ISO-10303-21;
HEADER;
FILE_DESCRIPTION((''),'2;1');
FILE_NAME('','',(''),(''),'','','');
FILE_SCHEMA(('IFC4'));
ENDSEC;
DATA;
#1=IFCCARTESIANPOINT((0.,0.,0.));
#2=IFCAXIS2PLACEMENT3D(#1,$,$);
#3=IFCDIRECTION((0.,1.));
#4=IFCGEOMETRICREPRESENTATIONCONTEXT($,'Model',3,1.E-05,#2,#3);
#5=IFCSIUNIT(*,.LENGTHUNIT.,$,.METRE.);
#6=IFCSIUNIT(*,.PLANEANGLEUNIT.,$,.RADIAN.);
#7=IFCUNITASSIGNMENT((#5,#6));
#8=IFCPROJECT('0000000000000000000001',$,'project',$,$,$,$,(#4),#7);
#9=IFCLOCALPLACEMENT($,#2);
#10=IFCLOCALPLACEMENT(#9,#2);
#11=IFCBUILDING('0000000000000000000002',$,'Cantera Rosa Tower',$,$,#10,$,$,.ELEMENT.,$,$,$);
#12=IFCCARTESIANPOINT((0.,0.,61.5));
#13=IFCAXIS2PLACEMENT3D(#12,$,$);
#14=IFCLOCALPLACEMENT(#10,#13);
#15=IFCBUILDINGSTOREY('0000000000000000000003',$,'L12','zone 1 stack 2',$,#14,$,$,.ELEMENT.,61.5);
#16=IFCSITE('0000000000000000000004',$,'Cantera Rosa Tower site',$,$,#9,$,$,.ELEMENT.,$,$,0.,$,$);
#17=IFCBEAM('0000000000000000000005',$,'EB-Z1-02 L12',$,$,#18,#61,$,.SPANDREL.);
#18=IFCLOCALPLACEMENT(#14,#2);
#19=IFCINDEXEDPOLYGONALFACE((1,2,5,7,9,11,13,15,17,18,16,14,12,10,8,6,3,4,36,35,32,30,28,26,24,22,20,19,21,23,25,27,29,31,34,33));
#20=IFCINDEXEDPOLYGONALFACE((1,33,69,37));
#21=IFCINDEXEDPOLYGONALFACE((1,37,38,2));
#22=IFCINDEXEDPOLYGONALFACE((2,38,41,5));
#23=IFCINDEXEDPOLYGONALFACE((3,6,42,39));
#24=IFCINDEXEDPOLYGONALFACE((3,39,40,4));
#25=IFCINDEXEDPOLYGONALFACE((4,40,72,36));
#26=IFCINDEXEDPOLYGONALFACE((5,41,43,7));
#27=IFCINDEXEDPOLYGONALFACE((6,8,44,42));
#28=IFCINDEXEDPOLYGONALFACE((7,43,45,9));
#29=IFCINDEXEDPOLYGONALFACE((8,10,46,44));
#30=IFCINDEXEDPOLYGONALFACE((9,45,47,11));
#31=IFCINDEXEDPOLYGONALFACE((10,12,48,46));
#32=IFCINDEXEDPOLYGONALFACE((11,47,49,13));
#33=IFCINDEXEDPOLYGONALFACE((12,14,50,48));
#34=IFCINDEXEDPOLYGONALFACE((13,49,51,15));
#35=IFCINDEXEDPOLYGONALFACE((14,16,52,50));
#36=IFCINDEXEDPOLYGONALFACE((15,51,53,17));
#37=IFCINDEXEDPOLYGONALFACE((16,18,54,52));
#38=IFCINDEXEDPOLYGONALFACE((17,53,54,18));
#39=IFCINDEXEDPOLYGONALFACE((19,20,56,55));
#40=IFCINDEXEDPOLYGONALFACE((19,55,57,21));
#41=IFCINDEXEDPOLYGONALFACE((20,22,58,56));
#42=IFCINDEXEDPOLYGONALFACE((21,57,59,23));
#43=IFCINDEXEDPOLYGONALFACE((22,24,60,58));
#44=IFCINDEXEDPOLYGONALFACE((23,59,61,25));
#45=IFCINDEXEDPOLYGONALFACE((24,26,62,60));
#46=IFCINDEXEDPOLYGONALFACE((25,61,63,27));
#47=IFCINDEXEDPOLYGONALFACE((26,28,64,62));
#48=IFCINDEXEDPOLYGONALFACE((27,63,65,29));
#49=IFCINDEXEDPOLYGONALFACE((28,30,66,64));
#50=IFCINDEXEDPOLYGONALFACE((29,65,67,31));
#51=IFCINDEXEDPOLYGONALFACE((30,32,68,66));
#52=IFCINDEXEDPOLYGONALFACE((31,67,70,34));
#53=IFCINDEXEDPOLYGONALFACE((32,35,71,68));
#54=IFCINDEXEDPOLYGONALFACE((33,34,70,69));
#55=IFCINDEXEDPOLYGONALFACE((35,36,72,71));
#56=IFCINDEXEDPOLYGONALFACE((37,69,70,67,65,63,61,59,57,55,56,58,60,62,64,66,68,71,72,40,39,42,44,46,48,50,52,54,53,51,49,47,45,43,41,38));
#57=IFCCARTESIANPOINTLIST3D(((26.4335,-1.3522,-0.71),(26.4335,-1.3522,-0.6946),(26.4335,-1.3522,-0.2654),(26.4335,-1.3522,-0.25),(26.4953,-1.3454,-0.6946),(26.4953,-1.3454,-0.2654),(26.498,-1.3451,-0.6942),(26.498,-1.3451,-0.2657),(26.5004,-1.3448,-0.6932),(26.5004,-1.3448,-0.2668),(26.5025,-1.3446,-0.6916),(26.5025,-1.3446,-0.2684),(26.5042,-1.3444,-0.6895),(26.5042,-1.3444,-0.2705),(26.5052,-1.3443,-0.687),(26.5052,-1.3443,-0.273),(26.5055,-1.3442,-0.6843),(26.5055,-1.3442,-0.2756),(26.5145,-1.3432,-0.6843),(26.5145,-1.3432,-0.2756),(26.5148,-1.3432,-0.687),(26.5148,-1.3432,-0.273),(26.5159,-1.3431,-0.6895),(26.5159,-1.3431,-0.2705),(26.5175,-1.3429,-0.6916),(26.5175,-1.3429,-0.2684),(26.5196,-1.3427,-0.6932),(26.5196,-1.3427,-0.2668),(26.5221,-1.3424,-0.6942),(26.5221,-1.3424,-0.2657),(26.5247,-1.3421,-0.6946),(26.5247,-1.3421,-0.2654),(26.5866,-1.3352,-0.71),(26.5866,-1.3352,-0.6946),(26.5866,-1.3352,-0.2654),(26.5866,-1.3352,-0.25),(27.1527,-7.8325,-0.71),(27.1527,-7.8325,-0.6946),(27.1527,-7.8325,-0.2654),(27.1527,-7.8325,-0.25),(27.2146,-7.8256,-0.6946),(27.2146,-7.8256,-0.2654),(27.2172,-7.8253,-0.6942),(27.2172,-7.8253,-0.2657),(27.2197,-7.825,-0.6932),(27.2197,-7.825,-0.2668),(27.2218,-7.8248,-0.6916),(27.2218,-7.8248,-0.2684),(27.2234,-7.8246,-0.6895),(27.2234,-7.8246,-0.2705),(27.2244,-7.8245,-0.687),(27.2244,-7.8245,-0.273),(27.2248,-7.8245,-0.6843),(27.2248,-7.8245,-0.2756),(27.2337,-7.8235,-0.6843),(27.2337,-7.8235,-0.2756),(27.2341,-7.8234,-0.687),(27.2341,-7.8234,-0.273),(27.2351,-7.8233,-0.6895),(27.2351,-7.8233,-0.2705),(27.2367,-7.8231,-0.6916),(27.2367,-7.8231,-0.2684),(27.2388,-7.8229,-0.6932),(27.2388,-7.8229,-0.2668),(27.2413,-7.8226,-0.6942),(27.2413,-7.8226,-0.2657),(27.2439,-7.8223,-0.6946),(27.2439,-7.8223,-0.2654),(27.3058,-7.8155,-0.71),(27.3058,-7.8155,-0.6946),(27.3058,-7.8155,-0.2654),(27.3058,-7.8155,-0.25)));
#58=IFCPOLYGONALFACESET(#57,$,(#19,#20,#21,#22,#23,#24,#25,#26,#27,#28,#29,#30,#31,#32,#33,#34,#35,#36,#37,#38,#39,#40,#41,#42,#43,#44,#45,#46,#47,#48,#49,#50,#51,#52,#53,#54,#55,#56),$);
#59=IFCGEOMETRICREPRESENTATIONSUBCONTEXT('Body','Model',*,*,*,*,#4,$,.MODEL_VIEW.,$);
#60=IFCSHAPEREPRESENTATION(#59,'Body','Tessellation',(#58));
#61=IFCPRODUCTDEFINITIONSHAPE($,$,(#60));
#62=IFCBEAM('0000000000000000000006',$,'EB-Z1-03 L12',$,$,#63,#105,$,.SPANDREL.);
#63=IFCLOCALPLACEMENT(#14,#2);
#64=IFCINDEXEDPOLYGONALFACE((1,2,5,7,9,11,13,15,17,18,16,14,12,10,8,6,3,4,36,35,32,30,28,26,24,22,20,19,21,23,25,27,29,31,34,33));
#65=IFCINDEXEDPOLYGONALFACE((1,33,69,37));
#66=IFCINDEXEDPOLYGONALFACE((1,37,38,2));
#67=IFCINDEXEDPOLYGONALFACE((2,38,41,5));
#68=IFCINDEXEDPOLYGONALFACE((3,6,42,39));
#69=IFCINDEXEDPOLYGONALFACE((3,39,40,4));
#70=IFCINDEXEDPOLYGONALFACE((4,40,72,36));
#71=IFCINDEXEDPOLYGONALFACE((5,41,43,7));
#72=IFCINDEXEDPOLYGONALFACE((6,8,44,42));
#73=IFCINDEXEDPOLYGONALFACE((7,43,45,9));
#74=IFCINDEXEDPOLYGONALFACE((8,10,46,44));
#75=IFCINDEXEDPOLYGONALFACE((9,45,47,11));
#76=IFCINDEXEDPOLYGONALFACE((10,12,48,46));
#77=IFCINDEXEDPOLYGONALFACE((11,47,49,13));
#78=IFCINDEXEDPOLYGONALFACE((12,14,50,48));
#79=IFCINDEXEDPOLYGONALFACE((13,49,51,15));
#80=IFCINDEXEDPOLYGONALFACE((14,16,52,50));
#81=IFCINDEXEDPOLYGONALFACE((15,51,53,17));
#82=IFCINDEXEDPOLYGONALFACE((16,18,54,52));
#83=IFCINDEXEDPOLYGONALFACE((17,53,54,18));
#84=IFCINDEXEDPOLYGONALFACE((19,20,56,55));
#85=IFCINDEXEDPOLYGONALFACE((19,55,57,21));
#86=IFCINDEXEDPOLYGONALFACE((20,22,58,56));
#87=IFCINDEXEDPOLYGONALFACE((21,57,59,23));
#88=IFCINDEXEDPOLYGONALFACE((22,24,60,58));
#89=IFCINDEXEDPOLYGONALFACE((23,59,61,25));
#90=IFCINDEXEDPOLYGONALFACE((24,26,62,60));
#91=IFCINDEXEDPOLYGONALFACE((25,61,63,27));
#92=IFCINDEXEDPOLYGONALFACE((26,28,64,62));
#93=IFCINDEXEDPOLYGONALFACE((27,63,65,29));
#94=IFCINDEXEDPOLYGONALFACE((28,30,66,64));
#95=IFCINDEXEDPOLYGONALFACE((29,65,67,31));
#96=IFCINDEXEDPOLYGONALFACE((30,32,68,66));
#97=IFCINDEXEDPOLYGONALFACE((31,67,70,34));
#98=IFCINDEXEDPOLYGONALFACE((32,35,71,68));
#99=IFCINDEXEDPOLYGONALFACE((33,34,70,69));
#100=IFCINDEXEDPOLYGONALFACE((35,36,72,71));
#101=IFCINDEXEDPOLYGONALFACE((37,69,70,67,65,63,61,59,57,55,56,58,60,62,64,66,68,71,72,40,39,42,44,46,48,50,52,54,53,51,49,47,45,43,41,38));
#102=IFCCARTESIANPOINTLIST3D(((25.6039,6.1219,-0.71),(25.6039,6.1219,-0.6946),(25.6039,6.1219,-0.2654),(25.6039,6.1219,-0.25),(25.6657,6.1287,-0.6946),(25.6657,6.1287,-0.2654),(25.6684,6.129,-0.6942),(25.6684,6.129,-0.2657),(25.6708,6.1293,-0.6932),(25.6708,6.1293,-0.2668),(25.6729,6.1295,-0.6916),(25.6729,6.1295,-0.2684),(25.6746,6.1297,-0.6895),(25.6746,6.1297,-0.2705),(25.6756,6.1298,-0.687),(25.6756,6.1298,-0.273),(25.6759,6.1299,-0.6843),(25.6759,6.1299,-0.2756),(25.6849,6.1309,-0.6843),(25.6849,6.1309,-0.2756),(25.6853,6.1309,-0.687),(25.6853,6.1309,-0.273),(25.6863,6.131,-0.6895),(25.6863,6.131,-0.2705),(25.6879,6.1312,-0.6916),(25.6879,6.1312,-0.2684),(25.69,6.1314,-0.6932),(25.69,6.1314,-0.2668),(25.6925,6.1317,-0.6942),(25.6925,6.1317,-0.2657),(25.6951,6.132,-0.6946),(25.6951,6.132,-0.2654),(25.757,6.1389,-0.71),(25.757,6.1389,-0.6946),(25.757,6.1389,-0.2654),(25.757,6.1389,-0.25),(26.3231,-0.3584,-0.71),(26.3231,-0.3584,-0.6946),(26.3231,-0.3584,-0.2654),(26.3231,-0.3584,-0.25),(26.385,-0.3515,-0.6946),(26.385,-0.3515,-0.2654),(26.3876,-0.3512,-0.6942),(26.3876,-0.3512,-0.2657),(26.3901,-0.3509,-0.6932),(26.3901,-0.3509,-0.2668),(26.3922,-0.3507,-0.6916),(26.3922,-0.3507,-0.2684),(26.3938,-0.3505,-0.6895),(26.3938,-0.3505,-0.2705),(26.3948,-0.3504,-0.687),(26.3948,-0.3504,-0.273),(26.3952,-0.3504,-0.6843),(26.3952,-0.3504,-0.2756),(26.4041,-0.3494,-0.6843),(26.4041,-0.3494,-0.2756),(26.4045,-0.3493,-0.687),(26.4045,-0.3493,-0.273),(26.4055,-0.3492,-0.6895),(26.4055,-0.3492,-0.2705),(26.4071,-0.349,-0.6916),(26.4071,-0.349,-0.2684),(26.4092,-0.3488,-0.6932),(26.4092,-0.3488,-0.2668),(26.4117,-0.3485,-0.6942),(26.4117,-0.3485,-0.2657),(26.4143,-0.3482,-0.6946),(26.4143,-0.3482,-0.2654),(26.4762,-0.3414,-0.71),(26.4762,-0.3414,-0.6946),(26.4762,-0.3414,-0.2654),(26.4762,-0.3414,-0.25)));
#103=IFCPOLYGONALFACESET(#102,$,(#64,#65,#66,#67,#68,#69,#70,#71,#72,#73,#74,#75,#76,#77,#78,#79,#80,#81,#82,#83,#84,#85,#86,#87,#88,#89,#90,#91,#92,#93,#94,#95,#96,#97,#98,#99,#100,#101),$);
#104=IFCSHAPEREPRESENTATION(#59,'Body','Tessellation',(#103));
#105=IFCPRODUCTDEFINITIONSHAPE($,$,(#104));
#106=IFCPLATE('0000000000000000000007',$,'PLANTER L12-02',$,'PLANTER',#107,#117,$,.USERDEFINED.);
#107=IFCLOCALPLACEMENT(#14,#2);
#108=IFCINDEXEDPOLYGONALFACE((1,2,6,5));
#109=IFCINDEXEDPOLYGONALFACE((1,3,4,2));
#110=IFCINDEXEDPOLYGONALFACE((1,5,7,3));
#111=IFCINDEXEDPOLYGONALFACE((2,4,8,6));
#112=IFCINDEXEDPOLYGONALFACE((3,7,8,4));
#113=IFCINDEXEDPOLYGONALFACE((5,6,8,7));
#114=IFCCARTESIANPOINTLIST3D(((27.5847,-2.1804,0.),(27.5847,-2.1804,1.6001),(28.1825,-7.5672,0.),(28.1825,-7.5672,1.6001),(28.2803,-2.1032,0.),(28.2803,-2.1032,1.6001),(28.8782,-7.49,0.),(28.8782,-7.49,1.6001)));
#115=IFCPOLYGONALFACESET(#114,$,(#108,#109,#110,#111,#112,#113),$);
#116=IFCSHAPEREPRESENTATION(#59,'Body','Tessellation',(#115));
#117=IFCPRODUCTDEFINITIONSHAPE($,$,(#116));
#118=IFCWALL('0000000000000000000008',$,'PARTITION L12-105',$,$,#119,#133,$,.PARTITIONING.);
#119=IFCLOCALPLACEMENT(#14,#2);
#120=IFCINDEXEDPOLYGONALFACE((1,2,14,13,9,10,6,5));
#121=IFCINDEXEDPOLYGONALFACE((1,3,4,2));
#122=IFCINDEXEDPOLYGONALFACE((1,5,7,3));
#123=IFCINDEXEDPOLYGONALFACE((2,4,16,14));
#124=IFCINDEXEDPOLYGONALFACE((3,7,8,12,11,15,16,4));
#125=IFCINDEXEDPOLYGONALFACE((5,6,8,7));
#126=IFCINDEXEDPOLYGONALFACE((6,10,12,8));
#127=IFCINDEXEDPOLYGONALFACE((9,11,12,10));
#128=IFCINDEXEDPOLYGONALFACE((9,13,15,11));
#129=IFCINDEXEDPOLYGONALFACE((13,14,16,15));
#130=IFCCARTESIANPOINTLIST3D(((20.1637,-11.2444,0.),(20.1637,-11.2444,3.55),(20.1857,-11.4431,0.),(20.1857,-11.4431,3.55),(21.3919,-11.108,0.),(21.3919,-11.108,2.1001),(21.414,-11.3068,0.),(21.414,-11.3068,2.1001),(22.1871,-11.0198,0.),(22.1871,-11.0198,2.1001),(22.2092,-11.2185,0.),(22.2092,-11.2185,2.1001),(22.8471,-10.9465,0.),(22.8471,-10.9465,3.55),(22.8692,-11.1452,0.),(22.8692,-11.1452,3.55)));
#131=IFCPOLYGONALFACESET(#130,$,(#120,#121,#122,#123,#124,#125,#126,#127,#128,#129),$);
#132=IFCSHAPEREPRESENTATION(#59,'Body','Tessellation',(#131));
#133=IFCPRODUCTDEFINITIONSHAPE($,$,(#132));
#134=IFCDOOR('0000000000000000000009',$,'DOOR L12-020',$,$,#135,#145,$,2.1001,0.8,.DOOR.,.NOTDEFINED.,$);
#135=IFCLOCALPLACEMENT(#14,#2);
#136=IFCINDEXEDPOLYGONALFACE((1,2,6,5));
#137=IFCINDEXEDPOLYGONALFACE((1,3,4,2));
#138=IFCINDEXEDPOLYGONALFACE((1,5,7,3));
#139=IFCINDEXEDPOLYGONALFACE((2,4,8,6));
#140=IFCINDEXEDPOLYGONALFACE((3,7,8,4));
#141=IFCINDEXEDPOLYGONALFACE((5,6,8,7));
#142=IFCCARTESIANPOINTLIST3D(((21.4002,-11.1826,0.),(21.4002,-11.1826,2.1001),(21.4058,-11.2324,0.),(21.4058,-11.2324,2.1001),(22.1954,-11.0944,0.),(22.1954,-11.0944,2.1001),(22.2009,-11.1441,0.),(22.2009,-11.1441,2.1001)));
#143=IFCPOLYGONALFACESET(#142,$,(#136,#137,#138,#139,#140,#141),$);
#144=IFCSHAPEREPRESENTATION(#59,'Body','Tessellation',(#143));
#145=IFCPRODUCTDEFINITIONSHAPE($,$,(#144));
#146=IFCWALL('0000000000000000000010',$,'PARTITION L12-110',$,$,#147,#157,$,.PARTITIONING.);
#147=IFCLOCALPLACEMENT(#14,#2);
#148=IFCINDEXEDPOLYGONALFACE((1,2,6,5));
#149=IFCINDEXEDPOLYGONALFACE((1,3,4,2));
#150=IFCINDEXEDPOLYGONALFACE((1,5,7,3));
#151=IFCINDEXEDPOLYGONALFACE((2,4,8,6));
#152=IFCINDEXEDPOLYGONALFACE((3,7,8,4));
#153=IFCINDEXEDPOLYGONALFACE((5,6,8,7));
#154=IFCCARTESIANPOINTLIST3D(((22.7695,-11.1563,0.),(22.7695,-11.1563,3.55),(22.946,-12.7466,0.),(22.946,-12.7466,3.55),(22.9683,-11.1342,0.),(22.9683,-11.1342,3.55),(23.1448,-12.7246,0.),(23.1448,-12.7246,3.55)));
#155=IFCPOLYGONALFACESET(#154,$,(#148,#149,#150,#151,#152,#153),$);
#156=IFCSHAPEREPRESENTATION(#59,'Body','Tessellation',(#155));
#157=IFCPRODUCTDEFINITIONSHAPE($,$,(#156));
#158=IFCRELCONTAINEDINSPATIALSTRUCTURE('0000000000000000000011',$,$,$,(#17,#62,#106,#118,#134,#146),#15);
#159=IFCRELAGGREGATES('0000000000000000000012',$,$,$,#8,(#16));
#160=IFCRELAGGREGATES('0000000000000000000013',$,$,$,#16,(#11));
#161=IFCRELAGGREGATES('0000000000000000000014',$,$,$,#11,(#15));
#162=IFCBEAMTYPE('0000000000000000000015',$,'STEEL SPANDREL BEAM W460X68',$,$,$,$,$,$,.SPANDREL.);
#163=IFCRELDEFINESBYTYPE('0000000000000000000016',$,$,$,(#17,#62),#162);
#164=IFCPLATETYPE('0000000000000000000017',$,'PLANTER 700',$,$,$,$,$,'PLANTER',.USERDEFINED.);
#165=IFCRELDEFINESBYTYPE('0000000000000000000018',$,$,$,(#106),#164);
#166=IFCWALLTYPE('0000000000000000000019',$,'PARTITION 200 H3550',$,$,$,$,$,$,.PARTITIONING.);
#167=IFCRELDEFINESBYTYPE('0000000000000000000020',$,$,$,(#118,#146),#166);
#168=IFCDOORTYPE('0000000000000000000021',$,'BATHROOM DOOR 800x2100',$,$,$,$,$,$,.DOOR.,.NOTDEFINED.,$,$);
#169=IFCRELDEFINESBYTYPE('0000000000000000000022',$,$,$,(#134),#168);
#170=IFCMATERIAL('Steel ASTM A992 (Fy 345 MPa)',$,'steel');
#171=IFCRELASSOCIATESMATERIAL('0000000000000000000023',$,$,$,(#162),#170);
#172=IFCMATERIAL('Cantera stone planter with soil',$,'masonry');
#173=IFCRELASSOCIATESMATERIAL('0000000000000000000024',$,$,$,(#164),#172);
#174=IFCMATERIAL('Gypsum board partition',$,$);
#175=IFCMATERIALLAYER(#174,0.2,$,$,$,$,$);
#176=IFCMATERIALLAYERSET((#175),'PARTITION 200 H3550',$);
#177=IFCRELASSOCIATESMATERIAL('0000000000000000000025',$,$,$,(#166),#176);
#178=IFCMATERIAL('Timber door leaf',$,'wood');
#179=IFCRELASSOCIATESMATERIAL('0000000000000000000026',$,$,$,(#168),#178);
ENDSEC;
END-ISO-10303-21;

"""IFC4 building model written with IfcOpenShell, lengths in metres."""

from ifc_helpers import new_model, si_unit, direction, frame, frame_2d, origin, origin_2d, place, context, subcontext, project, spatial, rectangle, i_section, extrude, material, layer, layer_set, material_profile, profile_set, type_object, element, fill, save


model = new_model("IFC4")

# Units and contexts
model_context = context("Model", 3, precision=1e-05, world=origin(), true_north=direction((0.0, 1.0)))
body_context = subcontext(model_context, "Body", "Model", "MODEL_VIEW")
ifc_project = project(units=[si_unit("LENGTHUNIT", "METRE"), si_unit("PLANEANGLEUNIT", "RADIAN")], contexts=[model_context])

# Site, building, storey
site_placement = place(None, origin())
site = spatial("IfcSite", under=ifc_project, at=site_placement, Name="Cantera Rosa Tower site", CompositionType="ELEMENT", RefElevation=0.0)
building_placement = place(site_placement, origin())
building = spatial("IfcBuilding", under=site, at=building_placement, Name="Cantera Rosa Tower", CompositionType="ELEMENT")
storey_placement = place(building_placement, frame((0.0, 0.0, 61.5)))
storey = spatial("IfcBuildingStorey", under=building, at=storey_placement, Name="L12", Description="zone 1 stack 2", CompositionType="ELEMENT", Elevation=61.5)

# Beams
ifc_material_1 = material(Name="Steel ASTM A992 (Fy 345 MPa)", Category="steel")
ifc_material_profile_1 = material_profile(ifc_material_1, i_section(OverallWidth=0.1541, OverallDepth=0.46, WebThickness=0.009, FlangeThickness=0.0154, FilletRadius=0.0103, at=origin_2d()), Name="W460X68")
ifc_profile_set_1 = profile_set([ifc_material_profile_1], Name="Steel ASTM A992 (Fy 345 MPa)")
beam_type_1 = type_object("IfcBeamType", Name="STEEL SPANDREL BEAM W460X68", PredefinedType="SPANDREL", material=ifc_profile_set_1)
for number, where, z_axis, x_axis, name in (
    (1, (27.2292, -7.824, -0.48), (-0.110312, 0.993897, 0.0), (-0.993897, -0.110312, 0.0), "EB-Z1-02 L12"),
    (2, (26.3997, -0.3499, -0.48), (-0.110312, 0.993897, 0.0), (-0.993897, -0.110312, 0.0), "EB-Z1-03 L12"),
):
    element("IfcBeam", number, at=place(storey_placement, frame(where, z_axis=z_axis, x_axis=x_axis)), inside=storey, type_object=beam_type_1, Name=name, PredefinedType="SPANDREL", context=body_context, shape_type="SweptSolid", body=[
        extrude(i_section(OverallWidth=0.1541, OverallDepth=0.46, WebThickness=0.009, FlangeThickness=0.0154, FilletRadius=0.0103, at=origin_2d()), origin(), (0.0, 0.0, 1.0), 6.52),
    ])

# Plate
ifc_material_2 = material(Name="Cantera stone planter with soil", Category="masonry")
plate_type = type_object("IfcPlateType", Name="PLANTER 700", ElementType="PLANTER", PredefinedType="USERDEFINED", material=ifc_material_2)
plate_placement = place(storey_placement, frame((28.2314, -4.8352, 0.0), z_axis=(0.0, 0.0, 1.0), x_axis=(-0.110313, 0.993897, 0.0)))
element("IfcPlate", 3, at=plate_placement, inside=storey, type_object=plate_type, Name="PLANTER L12-02", ObjectType="PLANTER", PredefinedType="USERDEFINED", context=body_context, shape_type="SweptSolid", body=[
    extrude(rectangle(XDim=5.4199, YDim=0.7, at=origin_2d()), origin(), (0.0, 0.0, 1.0), 1.6001),
])

# Wall, opening, door
ifc_material_3 = material(Name="Gypsum board partition")
ifc_layer_1 = layer(ifc_material_3, 0.2)
ifc_layer_set_1 = layer_set([ifc_layer_1], Name="PARTITION 200 H3550")
wall_type_1 = type_object("IfcWallType", Name="PARTITION 200 H3550", PredefinedType="PARTITIONING", material=ifc_layer_set_1)
wall_1_placement = place(storey_placement, frame((20.1746, -11.3438, 0.0), z_axis=(0.0, 0.0, 1.0), x_axis=(0.993896, 0.110322, 0.0)))
wall_1 = element("IfcWall", 4, at=wall_1_placement, inside=storey, type_object=wall_type_1, Name="PARTITION L12-105", PredefinedType="PARTITIONING", context=body_context, shape_type="SweptSolid", body=[
    extrude(rectangle(XDim=2.7, YDim=0.2, at=frame_2d((1.3501, 0.0))), origin(), (0.0, 0.0, 1.0), 3.55),
])
opening_1_placement = place(wall_1_placement, frame((1.2361, 0.0, 0.0)))
opening_1 = element("IfcOpeningElement", 5, at=opening_1_placement, cuts=wall_1, PredefinedType="OPENING", context=body_context, shape_type="SweptSolid", body=[
    extrude(rectangle(XDim=0.8, YDim=2.1001, at=frame_2d((0.3999, 1.05))), frame((0.0, 0.1099, 0.0), z_axis=(0.0, -1.0, 0.0), x_axis=(1.0, 0.0, 0.0)), (0.0, 0.0, 1.0), 0.22),
])
ifc_material_4 = material(Name="Timber door leaf", Category="wood")
door_type_1 = type_object("IfcDoorType", Name="BATHROOM DOOR 800x2100", OperationType="NOTDEFINED", PredefinedType="DOOR", material=ifc_material_4)
door_1_placement = place(opening_1_placement, origin())
door_1 = element("IfcDoor", 6, at=door_1_placement, inside=storey, type_object=door_type_1, Name="DOOR L12-020", OperationType="NOTDEFINED", OverallHeight=2.1001, OverallWidth=0.8, PredefinedType="DOOR", context=body_context, shape_type="SweptSolid", body=[
    extrude(rectangle(XDim=0.8, YDim=2.1001, at=frame_2d((0.3999, 1.05))), frame((0.0, 0.0249, 0.0), z_axis=(0.0, -1.0, 0.0), x_axis=(1.0, 0.0, 0.0)), (0.0, 0.0, 1.0), 0.05),
])
fill(opening_1, door_1)

# Wall
wall_2_placement = place(storey_placement, frame((22.8689, -11.1453, 0.0), z_axis=(0.0, 0.0, 1.0), x_axis=(0.110314, -0.993897, 0.0)))
element("IfcWall", 7, at=wall_2_placement, inside=storey, type_object=wall_type_1, Name="PARTITION L12-110", PredefinedType="PARTITIONING", context=body_context, shape_type="SweptSolid", body=[
    extrude(rectangle(XDim=1.6001, YDim=0.2, at=frame_2d((0.8, 0.0))), origin(), (0.0, 0.0, 1.0), 3.55),
])

save(model, "model.ifc")
